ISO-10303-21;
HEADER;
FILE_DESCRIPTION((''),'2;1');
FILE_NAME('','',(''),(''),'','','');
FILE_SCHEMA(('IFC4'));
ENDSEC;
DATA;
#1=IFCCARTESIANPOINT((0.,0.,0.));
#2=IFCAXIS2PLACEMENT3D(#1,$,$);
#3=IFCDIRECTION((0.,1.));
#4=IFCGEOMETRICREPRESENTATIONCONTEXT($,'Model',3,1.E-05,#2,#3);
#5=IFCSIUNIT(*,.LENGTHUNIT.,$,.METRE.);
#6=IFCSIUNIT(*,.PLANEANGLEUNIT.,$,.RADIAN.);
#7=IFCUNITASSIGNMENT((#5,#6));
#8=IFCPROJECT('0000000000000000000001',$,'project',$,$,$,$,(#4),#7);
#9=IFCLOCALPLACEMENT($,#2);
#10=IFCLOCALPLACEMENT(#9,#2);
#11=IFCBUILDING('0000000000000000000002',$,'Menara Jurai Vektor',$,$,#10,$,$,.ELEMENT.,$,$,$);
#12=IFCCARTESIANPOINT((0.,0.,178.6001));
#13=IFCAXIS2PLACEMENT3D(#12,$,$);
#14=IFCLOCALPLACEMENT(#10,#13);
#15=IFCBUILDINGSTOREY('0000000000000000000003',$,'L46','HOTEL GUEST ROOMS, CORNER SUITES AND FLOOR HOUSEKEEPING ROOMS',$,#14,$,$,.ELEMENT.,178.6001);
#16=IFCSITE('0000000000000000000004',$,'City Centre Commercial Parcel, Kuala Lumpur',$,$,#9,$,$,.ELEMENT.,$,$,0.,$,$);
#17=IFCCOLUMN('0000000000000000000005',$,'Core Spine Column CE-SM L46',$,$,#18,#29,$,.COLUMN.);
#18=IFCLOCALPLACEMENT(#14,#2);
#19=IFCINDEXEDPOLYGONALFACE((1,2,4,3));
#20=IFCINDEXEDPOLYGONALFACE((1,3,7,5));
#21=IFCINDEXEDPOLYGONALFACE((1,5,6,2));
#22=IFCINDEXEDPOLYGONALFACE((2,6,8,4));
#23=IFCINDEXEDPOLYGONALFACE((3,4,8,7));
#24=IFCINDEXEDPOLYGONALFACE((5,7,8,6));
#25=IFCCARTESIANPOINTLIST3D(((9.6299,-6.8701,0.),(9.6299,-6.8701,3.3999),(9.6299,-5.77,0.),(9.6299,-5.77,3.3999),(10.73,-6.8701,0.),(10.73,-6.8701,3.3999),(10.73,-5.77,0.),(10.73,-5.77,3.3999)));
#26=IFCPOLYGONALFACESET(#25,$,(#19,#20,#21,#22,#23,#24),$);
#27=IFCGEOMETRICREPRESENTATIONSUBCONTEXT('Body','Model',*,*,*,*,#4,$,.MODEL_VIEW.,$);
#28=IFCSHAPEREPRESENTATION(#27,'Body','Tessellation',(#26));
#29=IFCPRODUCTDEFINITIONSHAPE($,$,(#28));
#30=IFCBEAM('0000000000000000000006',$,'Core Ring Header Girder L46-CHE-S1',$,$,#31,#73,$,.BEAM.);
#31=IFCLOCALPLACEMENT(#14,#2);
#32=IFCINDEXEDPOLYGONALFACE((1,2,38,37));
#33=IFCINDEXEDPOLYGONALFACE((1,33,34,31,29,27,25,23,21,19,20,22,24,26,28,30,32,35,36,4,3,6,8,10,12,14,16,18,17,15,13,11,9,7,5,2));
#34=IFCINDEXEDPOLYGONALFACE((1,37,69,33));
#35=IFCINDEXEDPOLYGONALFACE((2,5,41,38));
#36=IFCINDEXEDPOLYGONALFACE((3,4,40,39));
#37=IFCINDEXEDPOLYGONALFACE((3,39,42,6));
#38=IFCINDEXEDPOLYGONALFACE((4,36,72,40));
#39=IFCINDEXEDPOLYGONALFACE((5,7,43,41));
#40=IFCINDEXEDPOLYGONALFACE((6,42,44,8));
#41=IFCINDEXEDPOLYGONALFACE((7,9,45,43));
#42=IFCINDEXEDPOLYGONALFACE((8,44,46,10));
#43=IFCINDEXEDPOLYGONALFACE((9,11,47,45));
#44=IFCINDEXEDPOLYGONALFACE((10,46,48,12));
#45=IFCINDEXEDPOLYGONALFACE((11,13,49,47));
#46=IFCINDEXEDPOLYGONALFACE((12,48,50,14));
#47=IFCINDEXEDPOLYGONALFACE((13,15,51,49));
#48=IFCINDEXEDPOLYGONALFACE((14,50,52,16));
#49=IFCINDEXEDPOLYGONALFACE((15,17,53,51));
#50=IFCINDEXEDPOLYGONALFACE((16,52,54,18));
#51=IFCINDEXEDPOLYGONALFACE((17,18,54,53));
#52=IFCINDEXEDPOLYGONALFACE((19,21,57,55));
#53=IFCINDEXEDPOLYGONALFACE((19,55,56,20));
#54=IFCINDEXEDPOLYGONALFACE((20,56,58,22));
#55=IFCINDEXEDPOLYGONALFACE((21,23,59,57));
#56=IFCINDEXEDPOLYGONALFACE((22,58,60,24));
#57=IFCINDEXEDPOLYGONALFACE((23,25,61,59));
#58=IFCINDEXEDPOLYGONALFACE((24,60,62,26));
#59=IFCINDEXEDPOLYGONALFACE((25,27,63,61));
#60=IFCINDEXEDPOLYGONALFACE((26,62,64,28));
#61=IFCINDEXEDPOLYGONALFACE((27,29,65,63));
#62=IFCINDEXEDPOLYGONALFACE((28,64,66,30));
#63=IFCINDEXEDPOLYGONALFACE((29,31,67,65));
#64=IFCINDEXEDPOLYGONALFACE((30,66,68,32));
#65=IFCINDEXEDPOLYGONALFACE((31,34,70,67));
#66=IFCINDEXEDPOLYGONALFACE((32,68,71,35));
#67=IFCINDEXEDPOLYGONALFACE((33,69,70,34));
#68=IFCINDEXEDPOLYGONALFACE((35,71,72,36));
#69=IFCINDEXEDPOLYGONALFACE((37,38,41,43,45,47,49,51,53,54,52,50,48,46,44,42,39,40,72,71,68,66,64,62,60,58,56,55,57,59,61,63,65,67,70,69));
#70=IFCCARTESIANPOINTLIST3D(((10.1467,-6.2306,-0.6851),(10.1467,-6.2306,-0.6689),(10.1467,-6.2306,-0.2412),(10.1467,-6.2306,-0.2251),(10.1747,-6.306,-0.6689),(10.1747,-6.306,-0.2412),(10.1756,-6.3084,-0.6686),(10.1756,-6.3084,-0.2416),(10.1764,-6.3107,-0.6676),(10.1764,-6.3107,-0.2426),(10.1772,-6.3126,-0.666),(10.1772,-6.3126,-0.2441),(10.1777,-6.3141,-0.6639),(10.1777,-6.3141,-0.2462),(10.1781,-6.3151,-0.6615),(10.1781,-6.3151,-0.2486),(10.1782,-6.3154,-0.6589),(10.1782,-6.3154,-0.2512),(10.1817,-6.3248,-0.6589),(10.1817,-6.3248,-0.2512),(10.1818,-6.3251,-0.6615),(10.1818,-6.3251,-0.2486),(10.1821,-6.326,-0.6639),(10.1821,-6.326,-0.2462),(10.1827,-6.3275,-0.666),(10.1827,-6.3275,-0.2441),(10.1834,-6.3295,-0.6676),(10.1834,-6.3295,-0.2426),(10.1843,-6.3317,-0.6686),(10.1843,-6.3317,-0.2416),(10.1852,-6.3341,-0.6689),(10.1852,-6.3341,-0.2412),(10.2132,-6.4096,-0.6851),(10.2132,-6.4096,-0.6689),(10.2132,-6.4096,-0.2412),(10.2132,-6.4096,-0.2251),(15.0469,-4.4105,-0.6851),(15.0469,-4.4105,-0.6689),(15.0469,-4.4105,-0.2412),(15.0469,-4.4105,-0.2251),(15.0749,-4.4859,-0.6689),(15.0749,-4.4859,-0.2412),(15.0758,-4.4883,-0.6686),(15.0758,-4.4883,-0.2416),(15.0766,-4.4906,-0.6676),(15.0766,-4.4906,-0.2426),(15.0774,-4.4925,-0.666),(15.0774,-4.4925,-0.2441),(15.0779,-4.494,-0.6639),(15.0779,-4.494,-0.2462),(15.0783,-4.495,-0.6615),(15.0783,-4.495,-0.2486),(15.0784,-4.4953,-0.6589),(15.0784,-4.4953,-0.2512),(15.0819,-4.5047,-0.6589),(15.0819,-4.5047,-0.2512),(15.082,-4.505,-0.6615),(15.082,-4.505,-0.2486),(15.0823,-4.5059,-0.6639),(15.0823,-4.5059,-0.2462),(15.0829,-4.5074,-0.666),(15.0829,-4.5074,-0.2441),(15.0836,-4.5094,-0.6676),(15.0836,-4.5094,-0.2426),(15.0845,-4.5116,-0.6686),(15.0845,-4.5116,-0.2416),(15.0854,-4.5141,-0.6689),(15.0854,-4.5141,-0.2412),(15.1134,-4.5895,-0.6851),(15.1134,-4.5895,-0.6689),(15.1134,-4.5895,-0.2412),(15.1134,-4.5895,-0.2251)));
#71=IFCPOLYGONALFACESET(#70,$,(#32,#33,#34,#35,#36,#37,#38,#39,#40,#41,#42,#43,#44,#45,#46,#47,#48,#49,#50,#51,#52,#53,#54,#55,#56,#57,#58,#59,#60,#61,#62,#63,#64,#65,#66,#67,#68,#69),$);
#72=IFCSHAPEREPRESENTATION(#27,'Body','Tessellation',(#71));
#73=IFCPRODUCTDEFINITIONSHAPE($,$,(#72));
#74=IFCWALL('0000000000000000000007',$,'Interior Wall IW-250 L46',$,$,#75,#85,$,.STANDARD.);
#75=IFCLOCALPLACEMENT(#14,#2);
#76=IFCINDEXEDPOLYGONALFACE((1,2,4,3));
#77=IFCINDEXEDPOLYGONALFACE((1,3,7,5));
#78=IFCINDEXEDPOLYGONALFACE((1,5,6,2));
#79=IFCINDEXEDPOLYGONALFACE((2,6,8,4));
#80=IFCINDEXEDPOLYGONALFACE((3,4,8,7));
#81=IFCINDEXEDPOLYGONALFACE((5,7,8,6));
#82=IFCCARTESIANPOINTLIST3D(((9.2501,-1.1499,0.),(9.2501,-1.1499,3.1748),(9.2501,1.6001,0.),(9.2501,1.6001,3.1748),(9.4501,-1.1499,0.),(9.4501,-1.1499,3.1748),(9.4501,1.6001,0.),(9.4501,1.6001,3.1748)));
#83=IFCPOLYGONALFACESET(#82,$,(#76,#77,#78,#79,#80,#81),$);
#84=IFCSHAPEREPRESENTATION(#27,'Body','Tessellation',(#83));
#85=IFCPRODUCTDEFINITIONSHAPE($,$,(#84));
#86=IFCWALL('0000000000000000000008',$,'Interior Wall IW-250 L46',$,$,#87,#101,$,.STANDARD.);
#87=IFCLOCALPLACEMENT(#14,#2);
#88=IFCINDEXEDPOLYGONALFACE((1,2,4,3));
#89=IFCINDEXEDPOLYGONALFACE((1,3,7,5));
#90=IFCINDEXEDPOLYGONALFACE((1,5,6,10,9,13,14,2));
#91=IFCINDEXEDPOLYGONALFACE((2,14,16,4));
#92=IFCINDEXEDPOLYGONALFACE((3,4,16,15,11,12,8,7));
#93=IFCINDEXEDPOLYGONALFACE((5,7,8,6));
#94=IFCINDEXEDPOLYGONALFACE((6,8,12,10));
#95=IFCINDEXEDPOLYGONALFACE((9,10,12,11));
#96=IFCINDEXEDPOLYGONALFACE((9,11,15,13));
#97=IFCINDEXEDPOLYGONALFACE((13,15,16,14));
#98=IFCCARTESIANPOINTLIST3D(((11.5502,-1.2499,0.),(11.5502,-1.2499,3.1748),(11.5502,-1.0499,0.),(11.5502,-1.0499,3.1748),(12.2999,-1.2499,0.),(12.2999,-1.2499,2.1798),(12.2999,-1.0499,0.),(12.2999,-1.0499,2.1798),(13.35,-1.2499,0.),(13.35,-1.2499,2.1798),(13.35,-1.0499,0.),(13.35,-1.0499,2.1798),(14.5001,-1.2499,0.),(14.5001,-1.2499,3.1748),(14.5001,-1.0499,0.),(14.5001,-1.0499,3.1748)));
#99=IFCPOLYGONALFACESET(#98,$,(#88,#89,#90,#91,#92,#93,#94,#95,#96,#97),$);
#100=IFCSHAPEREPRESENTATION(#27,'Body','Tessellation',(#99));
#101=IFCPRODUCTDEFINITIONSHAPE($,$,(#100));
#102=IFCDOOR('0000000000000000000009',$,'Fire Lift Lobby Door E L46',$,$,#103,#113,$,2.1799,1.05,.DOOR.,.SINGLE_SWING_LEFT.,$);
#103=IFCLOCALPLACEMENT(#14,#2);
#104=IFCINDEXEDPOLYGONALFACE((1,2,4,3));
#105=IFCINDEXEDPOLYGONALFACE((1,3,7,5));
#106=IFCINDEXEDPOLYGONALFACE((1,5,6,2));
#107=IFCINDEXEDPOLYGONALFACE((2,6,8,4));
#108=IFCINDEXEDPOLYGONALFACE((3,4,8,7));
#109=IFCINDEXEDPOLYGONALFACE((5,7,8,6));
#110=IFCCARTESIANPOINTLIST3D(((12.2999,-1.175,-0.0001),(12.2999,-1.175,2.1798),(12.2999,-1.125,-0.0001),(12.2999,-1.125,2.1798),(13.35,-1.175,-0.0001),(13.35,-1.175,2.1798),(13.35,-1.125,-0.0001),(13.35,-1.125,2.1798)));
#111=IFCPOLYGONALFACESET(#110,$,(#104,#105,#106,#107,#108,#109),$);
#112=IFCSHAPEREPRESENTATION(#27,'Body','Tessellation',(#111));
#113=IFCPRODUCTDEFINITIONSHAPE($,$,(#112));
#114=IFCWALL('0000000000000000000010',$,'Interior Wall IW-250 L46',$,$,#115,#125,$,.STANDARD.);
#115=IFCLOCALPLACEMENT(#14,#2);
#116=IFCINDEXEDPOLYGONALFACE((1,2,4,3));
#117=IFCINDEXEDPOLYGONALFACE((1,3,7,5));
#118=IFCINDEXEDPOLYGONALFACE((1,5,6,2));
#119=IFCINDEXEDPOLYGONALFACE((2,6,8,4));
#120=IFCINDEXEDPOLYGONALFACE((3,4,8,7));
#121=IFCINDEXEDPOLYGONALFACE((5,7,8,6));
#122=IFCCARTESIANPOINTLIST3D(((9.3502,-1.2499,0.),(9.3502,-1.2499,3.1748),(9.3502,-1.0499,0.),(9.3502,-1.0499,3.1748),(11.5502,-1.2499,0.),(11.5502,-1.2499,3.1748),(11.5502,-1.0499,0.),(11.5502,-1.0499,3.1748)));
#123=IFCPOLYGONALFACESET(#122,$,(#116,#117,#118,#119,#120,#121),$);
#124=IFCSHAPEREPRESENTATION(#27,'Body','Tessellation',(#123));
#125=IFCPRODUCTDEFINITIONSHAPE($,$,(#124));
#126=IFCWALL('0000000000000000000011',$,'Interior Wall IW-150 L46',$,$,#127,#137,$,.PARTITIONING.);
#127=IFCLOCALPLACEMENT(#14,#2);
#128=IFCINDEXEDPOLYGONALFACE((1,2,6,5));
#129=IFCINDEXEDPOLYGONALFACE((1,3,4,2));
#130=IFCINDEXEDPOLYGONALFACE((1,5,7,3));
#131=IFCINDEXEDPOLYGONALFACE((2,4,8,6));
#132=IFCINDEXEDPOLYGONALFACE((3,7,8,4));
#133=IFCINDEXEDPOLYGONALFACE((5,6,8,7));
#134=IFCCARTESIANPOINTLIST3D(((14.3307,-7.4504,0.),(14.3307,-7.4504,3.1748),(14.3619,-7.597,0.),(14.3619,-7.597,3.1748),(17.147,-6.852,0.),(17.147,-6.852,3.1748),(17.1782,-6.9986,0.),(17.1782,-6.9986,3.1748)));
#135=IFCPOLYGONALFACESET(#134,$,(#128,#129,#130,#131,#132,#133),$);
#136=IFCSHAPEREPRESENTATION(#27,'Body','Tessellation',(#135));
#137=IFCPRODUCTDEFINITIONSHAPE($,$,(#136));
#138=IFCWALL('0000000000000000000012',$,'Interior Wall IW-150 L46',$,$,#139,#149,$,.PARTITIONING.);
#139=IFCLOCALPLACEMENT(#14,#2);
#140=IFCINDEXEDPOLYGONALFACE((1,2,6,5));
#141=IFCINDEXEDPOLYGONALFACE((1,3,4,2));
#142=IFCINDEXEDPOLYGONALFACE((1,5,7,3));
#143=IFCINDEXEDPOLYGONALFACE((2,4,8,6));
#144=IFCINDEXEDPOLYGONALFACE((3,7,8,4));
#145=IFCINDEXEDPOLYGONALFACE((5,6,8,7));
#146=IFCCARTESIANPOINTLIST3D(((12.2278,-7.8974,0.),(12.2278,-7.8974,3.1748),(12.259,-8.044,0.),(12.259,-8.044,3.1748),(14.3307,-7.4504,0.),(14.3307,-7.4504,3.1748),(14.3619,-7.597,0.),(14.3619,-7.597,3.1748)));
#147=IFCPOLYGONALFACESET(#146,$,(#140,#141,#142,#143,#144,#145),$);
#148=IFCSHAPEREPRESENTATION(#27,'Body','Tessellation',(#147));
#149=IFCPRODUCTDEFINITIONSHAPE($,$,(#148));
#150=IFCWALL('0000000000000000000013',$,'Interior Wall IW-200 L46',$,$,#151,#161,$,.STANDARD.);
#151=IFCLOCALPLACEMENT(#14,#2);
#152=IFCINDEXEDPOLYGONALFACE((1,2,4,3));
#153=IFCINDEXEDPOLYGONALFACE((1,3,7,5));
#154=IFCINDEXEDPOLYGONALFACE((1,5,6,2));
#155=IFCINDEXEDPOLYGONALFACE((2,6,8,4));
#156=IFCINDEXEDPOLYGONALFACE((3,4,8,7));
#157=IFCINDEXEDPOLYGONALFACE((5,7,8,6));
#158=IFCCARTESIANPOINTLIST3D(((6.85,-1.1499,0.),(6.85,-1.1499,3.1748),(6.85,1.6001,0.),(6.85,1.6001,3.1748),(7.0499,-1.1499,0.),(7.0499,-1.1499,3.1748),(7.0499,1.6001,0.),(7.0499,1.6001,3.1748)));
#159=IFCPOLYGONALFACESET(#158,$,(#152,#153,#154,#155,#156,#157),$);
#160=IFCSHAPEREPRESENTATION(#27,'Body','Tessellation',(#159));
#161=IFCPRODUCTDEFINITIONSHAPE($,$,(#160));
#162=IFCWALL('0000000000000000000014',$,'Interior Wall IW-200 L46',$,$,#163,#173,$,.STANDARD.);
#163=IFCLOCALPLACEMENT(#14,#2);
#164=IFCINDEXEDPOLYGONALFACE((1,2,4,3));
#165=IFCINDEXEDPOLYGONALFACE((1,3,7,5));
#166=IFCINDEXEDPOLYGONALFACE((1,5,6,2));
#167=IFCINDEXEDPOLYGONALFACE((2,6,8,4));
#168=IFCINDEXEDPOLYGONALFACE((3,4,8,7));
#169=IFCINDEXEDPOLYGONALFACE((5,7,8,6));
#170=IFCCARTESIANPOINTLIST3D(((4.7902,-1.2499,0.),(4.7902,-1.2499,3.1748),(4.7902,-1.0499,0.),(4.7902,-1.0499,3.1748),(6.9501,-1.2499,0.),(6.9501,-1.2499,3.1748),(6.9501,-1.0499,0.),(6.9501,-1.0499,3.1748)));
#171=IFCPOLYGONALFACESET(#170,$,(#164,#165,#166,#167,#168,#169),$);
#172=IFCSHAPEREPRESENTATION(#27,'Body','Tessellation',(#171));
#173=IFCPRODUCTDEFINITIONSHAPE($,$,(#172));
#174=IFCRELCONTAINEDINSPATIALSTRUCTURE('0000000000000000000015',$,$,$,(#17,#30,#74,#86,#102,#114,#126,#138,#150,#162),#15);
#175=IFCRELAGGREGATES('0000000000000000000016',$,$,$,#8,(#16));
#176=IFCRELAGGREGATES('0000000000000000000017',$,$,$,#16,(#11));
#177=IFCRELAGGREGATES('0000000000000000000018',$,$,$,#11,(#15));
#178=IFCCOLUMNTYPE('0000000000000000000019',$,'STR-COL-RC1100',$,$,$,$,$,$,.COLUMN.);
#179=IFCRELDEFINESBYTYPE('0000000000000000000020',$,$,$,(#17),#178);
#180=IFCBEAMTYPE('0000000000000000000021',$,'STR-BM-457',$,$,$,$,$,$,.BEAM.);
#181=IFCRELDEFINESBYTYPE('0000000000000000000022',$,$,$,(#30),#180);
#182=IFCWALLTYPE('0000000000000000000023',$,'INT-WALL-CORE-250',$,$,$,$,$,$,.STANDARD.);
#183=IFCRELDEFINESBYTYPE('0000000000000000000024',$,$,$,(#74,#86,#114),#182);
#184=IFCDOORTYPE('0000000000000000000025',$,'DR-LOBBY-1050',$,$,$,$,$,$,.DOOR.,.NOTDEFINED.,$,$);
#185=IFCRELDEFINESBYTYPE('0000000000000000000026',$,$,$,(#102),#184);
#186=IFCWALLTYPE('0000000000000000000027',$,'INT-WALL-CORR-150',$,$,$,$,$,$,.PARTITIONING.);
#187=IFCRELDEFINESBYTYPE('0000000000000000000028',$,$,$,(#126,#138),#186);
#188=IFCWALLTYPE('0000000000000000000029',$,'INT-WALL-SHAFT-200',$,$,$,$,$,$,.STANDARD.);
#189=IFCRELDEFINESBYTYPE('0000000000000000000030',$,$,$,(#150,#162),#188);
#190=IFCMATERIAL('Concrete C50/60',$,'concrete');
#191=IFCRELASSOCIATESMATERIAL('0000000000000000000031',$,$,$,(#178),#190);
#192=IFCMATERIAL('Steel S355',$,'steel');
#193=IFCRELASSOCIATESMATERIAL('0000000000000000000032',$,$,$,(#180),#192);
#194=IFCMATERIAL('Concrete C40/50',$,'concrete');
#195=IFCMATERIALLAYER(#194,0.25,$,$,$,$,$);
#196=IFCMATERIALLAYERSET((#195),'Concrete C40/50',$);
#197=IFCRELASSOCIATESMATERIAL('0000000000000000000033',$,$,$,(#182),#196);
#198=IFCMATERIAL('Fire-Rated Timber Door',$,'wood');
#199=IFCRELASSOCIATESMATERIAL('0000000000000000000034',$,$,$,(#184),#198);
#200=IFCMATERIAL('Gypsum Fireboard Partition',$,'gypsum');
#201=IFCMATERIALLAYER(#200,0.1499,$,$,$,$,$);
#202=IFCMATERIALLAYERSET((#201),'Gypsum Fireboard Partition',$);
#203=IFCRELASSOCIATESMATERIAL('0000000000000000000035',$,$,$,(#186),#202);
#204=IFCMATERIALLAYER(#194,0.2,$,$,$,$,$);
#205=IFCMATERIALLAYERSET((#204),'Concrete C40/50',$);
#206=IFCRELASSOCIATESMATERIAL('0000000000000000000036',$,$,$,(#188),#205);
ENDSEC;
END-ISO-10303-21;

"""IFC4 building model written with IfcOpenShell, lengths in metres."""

from ifc_helpers import new_model, si_unit, direction, frame, frame_2d, origin, origin_2d, place, context, subcontext, project, spatial, rectangle, i_section, extrude, material, layer, layer_set, material_profile, profile_set, type_object, element, fill, save


model = new_model("IFC4")

# Units and contexts
model_context = context("Model", 3, precision=1e-05, world=origin(), true_north=direction((0.0, 1.0)))
body_context = subcontext(model_context, "Body", "Model", "MODEL_VIEW")
ifc_project = project(units=[si_unit("LENGTHUNIT", "METRE"), si_unit("PLANEANGLEUNIT", "RADIAN")], contexts=[model_context])

# Site, building, storey
site_placement = place(None, origin())
site = spatial("IfcSite", under=ifc_project, at=site_placement, Name="City Centre Commercial Parcel, Kuala Lumpur", CompositionType="ELEMENT", RefElevation=0.0)
building_placement = place(site_placement, origin())
building = spatial("IfcBuilding", under=site, at=building_placement, Name="Menara Jurai Vektor", CompositionType="ELEMENT")
storey_placement = place(building_placement, frame((0.0, 0.0, 178.6001)))
storey = spatial("IfcBuildingStorey", under=building, at=storey_placement, Name="L46", Description="HOTEL GUEST ROOMS, CORNER SUITES AND FLOOR HOUSEKEEPING ROOMS", CompositionType="ELEMENT", Elevation=178.6001)

# Column
ifc_material_1 = material(Name="Concrete C50/60", Category="concrete")
ifc_material_profile_1 = material_profile(ifc_material_1, rectangle(XDim=1.1001, YDim=1.1001, at=origin_2d()), Name="RC 1100x1100")
ifc_profile_set_1 = profile_set([ifc_material_profile_1], Name="Concrete C50/60")
column_type = type_object("IfcColumnType", Name="STR-COL-RC1100", PredefinedType="COLUMN", material=ifc_profile_set_1)
column_placement = place(storey_placement, frame((10.1799, -6.3201, 0.0), z_axis=(0.0, 0.0, 1.0), x_axis=(1.0, 0.0, 0.0)))
element("IfcColumn", 1, at=column_placement, inside=storey, type_object=column_type, Name="Core Spine Column CE-SM L46", PredefinedType="COLUMN", context=body_context, shape_type="SweptSolid", body=[
    extrude(rectangle(XDim=1.1001, YDim=1.1001, at=origin_2d()), origin(), (0.0, 0.0, 1.0), 3.3999),
])

# Beam
ifc_material_2 = material(Name="Steel S355", Category="steel")
ifc_material_profile_2 = material_profile(ifc_material_2, i_section(OverallWidth=0.1909, OverallDepth=0.46, WebThickness=0.01, FlangeThickness=0.0161, FilletRadius=0.01, at=origin_2d()), Name="UKB 457x191x82")
ifc_profile_set_2 = profile_set([ifc_material_profile_2], Name="Steel S355")
beam_type = type_object("IfcBeamType", Name="STR-BM-457", PredefinedType="BEAM", material=ifc_profile_set_2)
beam_placement = place(storey_placement, frame((10.1799, -6.3201, -0.4551), z_axis=(0.937424, 0.348189, 0.0), x_axis=(-0.348189, 0.937424, 0.0)))
element("IfcBeam", 2, at=beam_placement, inside=storey, type_object=beam_type, Name="Core Ring Header Girder L46-CHE-S1", PredefinedType="BEAM", context=body_context, shape_type="SweptSolid", body=[
    extrude(i_section(OverallWidth=0.1909, OverallDepth=0.46, WebThickness=0.01, FlangeThickness=0.0161, FilletRadius=0.01, at=origin_2d()), origin(), (0.0, 0.0, 1.0), 5.2273),
])

# Shared definitions
ifc_material_3 = material(Name="Concrete C40/50", Category="concrete")
ifc_layer_1 = layer(ifc_material_3, 0.25)
ifc_layer_set_1 = layer_set([ifc_layer_1], Name="Concrete C40/50")
wall_type_1 = type_object("IfcWallType", Name="INT-WALL-CORE-250", PredefinedType="STANDARD", material=ifc_layer_set_1)

# Wall
wall_1_placement = place(storey_placement, frame((9.3501, -1.1499, 0.0), z_axis=(0.0, 0.0, 1.0), x_axis=(0.0, 1.0, 0.0)))
element("IfcWall", 3, at=wall_1_placement, inside=storey, type_object=wall_type_1, Name="Interior Wall IW-250 L46", PredefinedType="STANDARD", context=body_context, shape_type="SweptSolid", body=[
    extrude(rectangle(XDim=2.75, YDim=0.2, at=frame_2d((1.375, 0.0))), origin(), (0.0, 0.0, 1.0), 3.1748),
])

# Wall, opening, door
wall_2_placement = place(storey_placement, frame((11.55, -1.1499, 0.0), z_axis=(0.0, 0.0, 1.0), x_axis=(1.0, 0.0, 0.0)))
wall_2 = element("IfcWall", 4, at=wall_2_placement, inside=storey, type_object=wall_type_1, Name="Interior Wall IW-250 L46", PredefinedType="STANDARD", context=body_context, shape_type="SweptSolid", body=[
    extrude(rectangle(XDim=2.95, YDim=0.2, at=frame_2d((1.4751, 0.0))), origin(), (0.0, 0.0, 1.0), 3.1748),
])
opening_1_placement = place(wall_2_placement, frame((0.75, 0.0, 0.0)))
opening_1 = element("IfcOpeningElement", 5, at=opening_1_placement, cuts=wall_2, PredefinedType="OPENING", context=body_context, shape_type="SweptSolid", body=[
    extrude(rectangle(XDim=1.05, YDim=2.1799, at=frame_2d((0.5249, 1.0898))), frame((0.0, 0.1099, 0.0), z_axis=(0.0, -1.0, 0.0), x_axis=(1.0, 0.0, 0.0)), (0.0, 0.0, 1.0), 0.22),
])
ifc_material_4 = material(Name="Fire-Rated Timber Door", Category="wood")
door_type_1 = type_object("IfcDoorType", Name="DR-LOBBY-1050", OperationType="NOTDEFINED", PredefinedType="DOOR", material=ifc_material_4)
door_1_placement = place(opening_1_placement, origin())
door_1 = element("IfcDoor", 6, at=door_1_placement, inside=storey, type_object=door_type_1, Name="Fire Lift Lobby Door E L46", OperationType="SINGLE_SWING_LEFT", OverallHeight=2.1799, OverallWidth=1.05, PredefinedType="DOOR", context=body_context, shape_type="SweptSolid", body=[
    extrude(rectangle(XDim=1.05, YDim=2.1799, at=frame_2d((0.5249, 1.0898))), frame((0.0, 0.0249, 0.0), z_axis=(0.0, -1.0, 0.0), x_axis=(1.0, 0.0, 0.0)), (0.0, 0.0, 1.0), 0.05),
])
fill(opening_1, door_1)

# Walls
wall_3_placement = place(storey_placement, frame((9.3501, -1.1499, 0.0), z_axis=(0.0, 0.0, 1.0), x_axis=(1.0, 0.0, 0.0)))
element("IfcWall", 7, at=wall_3_placement, inside=storey, type_object=wall_type_1, Name="Interior Wall IW-250 L46", PredefinedType="STANDARD", context=body_context, shape_type="SweptSolid", body=[
    extrude(rectangle(XDim=2.2, YDim=0.2, at=frame_2d((1.1001, 0.0))), origin(), (0.0, 0.0, 1.0), 3.1748),
])
ifc_material_5 = material(Name="Gypsum Fireboard Partition", Category="gypsum")
ifc_layer_2 = layer(ifc_material_5, 0.1499)
ifc_layer_set_2 = layer_set([ifc_layer_2], Name="Gypsum Fireboard Partition")
wall_type_2 = type_object("IfcWallType", Name="INT-WALL-CORR-150", PredefinedType="PARTITIONING", material=ifc_layer_set_2)
wall_4_placement = place(storey_placement, frame((14.3464, -7.5237, 0.0), z_axis=(0.0, 0.0, 1.0), x_axis=(0.978162, 0.207844, 0.0)))
element("IfcWall", 8, at=wall_4_placement, inside=storey, type_object=wall_type_2, Name="Interior Wall IW-150 L46", PredefinedType="PARTITIONING", context=body_context, shape_type="SweptSolid", body=[
    extrude(rectangle(XDim=2.8792, YDim=0.1499, at=frame_2d((1.4395, 0.0))), origin(), (0.0, 0.0, 1.0), 3.1748),
])
wall_5_placement = place(storey_placement, frame((12.2434, -7.9707, 0.0), z_axis=(0.0, 0.0, 1.0), x_axis=(0.978147, 0.207916, 0.0)))
element("IfcWall", 9, at=wall_5_placement, inside=storey, type_object=wall_type_2, Name="Interior Wall IW-150 L46", PredefinedType="PARTITIONING", context=body_context, shape_type="SweptSolid", body=[
    extrude(rectangle(XDim=2.1499, YDim=0.1499, at=frame_2d((1.075, 0.0))), origin(), (0.0, 0.0, 1.0), 3.1748),
])
ifc_layer_3 = layer(ifc_material_3, 0.2)
ifc_layer_set_3 = layer_set([ifc_layer_3], Name="Concrete C40/50")
wall_type_3 = type_object("IfcWallType", Name="INT-WALL-SHAFT-200", PredefinedType="STANDARD", material=ifc_layer_set_3)
wall_6_placement = place(storey_placement, frame((6.95, -1.1499, 0.0), z_axis=(0.0, 0.0, 1.0), x_axis=(0.0, 1.0, 0.0)))
element("IfcWall", 10, at=wall_6_placement, inside=storey, type_object=wall_type_3, Name="Interior Wall IW-200 L46", PredefinedType="STANDARD", context=body_context, shape_type="SweptSolid", body=[
    extrude(rectangle(XDim=2.75, YDim=0.2, at=frame_2d((1.375, 0.0))), origin(), (0.0, 0.0, 1.0), 3.1748),
])

# Wall
wall_7_placement = place(storey_placement, frame((4.79, -1.1499, 0.0), z_axis=(0.0, 0.0, 1.0), x_axis=(1.0, 0.0, 0.0)))
element("IfcWall", 11, at=wall_7_placement, inside=storey, type_object=wall_type_3, Name="Interior Wall IW-200 L46", PredefinedType="STANDARD", context=body_context, shape_type="SweptSolid", body=[
    extrude(rectangle(XDim=2.1599, YDim=0.2, at=frame_2d((1.0801, 0.0))), origin(), (0.0, 0.0, 1.0), 3.1748),
])

save(model, "model.ifc")
